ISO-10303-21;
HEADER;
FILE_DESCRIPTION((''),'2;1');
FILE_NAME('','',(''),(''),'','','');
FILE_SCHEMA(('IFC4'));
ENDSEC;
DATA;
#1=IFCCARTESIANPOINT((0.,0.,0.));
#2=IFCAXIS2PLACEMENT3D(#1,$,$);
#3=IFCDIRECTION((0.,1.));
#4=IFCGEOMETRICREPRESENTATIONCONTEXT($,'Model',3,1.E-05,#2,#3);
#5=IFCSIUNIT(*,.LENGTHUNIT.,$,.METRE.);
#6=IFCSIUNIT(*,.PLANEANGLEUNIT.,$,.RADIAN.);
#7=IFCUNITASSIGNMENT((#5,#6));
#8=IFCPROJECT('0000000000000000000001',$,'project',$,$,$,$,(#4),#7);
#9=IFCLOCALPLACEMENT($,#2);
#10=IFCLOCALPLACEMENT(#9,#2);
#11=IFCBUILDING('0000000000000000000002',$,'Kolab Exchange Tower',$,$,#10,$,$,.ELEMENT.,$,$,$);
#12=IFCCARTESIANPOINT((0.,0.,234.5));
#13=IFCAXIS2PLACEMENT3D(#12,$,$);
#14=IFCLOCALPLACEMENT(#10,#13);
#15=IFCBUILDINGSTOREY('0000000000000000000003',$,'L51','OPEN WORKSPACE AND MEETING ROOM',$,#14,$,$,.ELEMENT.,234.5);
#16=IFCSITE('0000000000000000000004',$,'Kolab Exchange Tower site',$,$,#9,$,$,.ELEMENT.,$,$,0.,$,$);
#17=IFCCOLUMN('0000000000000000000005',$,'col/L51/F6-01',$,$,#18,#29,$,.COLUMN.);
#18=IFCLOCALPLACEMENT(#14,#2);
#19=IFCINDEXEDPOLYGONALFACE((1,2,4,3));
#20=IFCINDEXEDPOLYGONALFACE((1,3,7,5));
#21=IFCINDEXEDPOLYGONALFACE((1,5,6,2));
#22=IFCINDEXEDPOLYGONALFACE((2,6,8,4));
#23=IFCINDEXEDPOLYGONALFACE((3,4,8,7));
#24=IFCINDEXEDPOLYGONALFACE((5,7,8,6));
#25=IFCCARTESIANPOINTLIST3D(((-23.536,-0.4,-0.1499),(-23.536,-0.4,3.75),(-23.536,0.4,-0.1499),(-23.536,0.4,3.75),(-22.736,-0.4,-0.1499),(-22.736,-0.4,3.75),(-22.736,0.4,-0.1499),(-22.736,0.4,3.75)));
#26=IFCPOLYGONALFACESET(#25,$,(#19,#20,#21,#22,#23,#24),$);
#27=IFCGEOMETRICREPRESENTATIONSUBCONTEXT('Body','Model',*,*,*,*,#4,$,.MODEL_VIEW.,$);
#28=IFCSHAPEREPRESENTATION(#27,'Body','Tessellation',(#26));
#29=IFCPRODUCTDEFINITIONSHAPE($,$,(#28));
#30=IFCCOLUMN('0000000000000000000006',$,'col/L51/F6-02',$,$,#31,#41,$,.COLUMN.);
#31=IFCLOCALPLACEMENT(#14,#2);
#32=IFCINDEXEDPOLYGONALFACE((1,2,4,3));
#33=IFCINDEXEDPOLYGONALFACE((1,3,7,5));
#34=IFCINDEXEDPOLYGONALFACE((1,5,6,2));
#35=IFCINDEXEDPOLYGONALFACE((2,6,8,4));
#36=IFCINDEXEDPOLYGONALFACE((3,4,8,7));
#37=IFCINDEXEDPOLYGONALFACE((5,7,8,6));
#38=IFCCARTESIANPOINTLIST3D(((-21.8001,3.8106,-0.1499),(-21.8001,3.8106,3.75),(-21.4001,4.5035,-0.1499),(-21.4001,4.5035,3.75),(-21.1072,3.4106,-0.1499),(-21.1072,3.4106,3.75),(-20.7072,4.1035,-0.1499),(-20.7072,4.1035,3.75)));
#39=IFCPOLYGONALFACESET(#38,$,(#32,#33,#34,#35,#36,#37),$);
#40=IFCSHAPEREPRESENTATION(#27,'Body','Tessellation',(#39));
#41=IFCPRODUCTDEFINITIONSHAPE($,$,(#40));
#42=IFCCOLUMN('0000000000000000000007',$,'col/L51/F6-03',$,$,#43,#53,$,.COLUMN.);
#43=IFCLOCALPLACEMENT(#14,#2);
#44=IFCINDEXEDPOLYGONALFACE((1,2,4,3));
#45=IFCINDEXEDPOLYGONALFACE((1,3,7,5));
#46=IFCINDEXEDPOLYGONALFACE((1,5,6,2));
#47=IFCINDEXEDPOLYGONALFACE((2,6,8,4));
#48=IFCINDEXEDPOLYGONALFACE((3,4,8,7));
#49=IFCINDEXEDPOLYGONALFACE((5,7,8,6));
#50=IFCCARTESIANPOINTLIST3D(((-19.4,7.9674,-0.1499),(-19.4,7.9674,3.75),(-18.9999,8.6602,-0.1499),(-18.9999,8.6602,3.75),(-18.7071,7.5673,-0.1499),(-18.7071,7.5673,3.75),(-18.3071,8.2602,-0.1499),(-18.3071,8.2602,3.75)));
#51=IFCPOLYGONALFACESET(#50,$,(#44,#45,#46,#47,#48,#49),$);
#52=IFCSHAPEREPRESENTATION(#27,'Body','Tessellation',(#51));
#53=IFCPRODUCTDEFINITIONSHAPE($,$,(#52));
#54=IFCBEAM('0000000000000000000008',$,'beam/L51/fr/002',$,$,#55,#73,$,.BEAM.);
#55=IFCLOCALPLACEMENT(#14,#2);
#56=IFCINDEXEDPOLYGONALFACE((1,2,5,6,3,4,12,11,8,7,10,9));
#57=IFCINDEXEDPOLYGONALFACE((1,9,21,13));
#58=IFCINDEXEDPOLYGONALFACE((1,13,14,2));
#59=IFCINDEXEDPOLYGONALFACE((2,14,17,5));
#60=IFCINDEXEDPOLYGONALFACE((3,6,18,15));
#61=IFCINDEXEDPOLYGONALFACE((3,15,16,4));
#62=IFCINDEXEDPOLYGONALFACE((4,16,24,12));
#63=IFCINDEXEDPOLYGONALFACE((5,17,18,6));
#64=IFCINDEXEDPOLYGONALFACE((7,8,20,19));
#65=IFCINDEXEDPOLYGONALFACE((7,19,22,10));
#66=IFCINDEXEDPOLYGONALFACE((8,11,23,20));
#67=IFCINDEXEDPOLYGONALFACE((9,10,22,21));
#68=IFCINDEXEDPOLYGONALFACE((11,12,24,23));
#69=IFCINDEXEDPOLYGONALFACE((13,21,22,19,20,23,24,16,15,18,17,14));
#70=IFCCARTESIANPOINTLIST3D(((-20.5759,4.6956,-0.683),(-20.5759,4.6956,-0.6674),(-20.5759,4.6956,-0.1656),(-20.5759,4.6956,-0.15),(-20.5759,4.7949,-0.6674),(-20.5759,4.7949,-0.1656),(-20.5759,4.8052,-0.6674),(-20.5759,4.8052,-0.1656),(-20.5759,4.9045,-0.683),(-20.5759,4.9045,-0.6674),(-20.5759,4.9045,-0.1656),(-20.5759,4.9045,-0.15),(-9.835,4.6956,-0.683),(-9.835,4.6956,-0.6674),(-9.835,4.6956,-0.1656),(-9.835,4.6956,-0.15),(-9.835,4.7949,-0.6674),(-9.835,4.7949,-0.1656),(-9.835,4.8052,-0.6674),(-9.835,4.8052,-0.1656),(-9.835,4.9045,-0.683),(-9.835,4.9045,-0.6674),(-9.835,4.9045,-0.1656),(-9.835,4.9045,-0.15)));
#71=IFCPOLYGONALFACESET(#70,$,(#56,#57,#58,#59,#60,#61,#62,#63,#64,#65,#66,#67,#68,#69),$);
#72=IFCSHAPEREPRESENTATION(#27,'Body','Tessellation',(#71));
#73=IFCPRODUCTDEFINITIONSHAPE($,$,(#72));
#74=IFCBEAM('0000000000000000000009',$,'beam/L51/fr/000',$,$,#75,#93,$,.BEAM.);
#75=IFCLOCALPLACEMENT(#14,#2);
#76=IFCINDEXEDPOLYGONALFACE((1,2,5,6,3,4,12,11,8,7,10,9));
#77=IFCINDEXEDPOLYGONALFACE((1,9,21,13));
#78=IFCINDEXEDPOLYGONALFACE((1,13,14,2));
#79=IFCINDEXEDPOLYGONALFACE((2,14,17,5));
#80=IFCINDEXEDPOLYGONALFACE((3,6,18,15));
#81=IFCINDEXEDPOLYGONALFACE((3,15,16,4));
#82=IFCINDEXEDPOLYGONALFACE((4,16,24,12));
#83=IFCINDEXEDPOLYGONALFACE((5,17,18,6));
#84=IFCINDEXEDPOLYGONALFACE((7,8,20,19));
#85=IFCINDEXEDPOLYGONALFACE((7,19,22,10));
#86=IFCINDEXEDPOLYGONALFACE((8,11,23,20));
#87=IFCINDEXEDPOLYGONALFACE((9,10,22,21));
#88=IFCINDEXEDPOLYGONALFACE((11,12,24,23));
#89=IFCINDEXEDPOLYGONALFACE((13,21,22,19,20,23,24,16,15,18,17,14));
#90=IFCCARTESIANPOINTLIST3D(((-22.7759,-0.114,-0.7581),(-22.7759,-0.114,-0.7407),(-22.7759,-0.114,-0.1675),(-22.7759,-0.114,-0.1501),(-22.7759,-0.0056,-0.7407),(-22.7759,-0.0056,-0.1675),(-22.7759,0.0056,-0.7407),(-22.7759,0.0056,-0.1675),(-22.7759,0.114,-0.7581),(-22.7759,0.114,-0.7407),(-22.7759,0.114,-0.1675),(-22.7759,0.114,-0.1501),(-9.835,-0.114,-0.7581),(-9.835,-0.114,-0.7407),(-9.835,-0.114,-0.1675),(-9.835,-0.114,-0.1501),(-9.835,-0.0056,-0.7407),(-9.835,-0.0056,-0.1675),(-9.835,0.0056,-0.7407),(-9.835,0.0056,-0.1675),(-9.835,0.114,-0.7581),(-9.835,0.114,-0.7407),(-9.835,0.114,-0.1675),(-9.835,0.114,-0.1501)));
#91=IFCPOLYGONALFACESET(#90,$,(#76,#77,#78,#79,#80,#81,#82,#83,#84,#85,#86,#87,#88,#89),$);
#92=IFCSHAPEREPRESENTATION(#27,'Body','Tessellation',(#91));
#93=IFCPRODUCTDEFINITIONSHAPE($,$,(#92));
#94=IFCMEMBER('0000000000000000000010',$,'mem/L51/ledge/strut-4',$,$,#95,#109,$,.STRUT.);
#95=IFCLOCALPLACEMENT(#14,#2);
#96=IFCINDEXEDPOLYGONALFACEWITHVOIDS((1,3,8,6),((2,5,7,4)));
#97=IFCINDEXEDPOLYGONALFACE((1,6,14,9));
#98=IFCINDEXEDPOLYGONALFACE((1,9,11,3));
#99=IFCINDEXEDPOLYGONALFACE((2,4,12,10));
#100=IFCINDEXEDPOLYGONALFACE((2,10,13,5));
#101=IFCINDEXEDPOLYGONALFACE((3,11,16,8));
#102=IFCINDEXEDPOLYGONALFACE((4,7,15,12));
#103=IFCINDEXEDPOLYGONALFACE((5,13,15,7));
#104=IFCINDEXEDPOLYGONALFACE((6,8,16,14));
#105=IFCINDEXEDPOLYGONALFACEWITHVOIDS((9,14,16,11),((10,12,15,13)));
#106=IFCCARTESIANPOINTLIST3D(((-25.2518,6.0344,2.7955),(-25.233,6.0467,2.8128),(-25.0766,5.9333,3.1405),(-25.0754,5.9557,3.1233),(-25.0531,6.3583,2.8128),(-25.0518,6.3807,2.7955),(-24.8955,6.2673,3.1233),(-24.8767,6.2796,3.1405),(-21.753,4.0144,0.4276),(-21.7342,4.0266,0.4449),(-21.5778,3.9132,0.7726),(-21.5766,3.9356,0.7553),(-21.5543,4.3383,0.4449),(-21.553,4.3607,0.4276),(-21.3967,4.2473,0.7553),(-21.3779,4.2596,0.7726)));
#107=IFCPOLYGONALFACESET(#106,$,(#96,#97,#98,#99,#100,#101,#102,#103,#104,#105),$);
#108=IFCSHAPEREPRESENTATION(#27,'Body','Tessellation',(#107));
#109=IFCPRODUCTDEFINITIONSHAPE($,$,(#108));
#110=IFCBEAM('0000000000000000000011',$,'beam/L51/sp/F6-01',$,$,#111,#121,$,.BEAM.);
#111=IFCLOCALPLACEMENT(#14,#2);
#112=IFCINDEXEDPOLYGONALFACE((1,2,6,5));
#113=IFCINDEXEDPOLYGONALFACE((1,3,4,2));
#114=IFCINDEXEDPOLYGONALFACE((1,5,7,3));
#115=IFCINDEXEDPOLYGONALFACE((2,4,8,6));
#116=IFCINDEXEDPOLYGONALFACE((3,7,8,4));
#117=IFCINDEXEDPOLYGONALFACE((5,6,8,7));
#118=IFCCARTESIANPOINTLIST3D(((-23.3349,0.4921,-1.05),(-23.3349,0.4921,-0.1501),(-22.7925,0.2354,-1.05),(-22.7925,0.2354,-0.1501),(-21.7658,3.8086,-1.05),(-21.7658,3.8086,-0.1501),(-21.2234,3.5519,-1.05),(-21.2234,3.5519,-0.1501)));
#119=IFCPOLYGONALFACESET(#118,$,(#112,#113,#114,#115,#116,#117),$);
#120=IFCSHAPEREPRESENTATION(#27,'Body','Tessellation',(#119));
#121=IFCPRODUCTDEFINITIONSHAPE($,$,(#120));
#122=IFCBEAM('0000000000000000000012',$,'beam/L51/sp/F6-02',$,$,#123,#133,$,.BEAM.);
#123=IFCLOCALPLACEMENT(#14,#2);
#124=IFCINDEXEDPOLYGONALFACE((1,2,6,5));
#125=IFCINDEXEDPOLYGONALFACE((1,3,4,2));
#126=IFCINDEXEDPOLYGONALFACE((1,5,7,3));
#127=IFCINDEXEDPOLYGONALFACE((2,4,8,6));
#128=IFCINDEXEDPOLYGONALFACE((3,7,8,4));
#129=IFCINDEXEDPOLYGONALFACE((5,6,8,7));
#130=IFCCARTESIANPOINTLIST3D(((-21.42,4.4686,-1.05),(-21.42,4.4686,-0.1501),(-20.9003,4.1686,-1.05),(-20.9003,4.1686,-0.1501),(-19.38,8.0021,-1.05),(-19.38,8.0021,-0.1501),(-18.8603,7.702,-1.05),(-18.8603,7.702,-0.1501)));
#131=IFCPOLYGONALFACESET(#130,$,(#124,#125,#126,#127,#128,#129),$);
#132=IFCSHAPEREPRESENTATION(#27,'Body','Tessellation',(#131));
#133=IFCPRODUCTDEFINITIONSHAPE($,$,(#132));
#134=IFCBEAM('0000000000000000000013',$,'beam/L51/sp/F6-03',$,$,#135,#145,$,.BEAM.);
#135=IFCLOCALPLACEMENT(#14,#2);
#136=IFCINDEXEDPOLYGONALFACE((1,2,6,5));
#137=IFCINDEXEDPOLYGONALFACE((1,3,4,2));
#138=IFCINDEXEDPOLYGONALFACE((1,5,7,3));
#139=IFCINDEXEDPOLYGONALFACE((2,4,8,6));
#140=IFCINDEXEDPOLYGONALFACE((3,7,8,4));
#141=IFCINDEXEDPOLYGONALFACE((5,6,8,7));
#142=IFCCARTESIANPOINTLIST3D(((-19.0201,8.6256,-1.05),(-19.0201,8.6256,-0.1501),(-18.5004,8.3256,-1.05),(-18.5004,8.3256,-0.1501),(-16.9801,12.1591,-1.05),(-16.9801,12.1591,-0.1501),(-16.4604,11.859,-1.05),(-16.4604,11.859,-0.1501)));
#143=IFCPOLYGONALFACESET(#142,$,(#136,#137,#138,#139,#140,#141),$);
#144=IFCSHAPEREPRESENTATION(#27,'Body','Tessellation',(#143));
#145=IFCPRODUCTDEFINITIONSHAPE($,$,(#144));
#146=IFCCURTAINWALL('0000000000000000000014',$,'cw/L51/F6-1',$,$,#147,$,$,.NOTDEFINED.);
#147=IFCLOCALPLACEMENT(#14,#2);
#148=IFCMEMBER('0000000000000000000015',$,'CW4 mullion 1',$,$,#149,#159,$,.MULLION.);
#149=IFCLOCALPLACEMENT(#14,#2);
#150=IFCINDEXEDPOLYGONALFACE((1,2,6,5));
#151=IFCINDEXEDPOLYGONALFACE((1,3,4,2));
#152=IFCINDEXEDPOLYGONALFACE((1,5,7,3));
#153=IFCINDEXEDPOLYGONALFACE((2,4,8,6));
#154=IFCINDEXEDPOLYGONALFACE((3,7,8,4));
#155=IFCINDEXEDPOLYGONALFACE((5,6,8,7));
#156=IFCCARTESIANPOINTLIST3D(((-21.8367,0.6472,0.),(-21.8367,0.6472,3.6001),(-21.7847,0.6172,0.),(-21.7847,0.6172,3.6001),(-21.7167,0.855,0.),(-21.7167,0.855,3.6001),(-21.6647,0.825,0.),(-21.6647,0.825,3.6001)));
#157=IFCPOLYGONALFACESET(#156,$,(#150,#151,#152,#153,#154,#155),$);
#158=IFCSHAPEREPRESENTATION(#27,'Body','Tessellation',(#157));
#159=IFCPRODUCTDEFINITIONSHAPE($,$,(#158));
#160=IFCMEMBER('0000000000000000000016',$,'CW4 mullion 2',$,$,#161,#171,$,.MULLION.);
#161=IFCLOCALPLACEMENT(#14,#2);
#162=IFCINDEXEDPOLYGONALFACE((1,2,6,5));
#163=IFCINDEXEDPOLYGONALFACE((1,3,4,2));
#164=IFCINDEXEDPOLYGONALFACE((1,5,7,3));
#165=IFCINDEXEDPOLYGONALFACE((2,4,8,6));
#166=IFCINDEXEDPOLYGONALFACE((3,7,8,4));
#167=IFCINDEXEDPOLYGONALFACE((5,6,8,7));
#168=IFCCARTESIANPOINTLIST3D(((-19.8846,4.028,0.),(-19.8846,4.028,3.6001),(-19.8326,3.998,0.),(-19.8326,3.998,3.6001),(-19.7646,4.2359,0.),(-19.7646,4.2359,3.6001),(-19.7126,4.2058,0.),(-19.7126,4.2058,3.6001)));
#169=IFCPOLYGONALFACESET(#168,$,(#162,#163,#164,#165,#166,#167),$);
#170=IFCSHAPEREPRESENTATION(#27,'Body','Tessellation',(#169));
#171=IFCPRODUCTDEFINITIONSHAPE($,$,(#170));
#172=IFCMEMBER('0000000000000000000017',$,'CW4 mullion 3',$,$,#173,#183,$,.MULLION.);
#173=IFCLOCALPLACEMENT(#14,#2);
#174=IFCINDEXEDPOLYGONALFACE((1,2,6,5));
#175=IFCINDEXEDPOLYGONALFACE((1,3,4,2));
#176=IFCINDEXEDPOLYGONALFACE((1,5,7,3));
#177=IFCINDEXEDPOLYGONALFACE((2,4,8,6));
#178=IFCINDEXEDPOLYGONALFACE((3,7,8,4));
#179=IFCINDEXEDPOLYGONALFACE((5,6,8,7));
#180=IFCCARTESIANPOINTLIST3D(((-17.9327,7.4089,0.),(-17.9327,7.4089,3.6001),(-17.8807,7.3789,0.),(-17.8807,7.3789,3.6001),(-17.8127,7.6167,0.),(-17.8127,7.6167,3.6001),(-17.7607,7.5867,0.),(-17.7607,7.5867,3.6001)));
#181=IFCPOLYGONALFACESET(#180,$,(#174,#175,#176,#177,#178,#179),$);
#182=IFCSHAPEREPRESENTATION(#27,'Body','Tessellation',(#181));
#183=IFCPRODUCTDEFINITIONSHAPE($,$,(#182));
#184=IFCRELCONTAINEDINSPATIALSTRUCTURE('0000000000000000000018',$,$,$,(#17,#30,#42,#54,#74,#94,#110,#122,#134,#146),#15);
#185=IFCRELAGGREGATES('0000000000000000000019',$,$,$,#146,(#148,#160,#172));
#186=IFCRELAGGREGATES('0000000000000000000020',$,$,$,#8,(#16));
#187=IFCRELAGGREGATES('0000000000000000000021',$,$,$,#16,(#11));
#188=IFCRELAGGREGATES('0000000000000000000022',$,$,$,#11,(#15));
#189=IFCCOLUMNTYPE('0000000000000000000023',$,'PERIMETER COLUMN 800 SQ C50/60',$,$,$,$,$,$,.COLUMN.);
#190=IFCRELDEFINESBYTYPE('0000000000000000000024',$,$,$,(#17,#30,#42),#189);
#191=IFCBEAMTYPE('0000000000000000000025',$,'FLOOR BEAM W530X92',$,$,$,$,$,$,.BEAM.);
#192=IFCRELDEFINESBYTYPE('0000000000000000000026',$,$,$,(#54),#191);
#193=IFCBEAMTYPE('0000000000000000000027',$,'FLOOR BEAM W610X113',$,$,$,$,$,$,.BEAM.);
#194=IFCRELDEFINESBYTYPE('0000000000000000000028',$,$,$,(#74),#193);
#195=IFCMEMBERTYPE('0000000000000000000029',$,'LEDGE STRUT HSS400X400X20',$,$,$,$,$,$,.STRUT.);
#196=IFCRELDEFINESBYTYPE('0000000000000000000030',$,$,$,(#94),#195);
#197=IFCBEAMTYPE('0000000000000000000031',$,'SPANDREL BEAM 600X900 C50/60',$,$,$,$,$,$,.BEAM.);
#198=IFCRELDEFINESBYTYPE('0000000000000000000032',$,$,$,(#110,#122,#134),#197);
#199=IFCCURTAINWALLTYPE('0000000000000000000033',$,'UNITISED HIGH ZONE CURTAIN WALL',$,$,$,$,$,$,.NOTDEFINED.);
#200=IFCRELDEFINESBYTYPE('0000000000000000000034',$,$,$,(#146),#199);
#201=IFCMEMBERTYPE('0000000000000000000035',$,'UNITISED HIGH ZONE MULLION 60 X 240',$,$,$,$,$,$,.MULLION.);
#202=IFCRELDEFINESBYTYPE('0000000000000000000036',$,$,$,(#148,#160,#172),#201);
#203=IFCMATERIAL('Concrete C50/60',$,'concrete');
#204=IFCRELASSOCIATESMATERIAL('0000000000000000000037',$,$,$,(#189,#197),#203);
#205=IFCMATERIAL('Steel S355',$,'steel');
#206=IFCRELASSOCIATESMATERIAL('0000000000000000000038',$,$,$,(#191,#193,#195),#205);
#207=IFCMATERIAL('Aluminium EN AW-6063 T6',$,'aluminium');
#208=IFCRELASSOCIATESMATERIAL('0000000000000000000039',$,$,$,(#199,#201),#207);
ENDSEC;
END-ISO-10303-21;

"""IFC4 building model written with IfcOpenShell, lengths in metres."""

from ifc_helpers import new_model, si_unit, direction, frame, origin, origin_2d, place, context, subcontext, project, spatial, rectangle, hollow_rectangle, i_section, extrude, material, material_profile, profile_set, type_object, element, aggregate, save


model = new_model("IFC4")

# Units and contexts
model_context = context("Model", 3, precision=1e-05, world=origin(), true_north=direction((0.0, 1.0)))
body_context = subcontext(model_context, "Body", "Model", "MODEL_VIEW")
ifc_project = project(units=[si_unit("LENGTHUNIT", "METRE"), si_unit("PLANEANGLEUNIT", "RADIAN")], contexts=[model_context])

# Site, building, storey
site_placement = place(None, origin())
site = spatial("IfcSite", under=ifc_project, at=site_placement, Name="Kolab Exchange Tower site", CompositionType="ELEMENT", RefElevation=0.0)
building_placement = place(site_placement, origin())
building = spatial("IfcBuilding", under=site, at=building_placement, Name="Kolab Exchange Tower", CompositionType="ELEMENT")
storey_placement = place(building_placement, frame((0.0, 0.0, 234.5)))
storey = spatial("IfcBuildingStorey", under=building, at=storey_placement, Name="L51", Description="OPEN WORKSPACE AND MEETING ROOM", CompositionType="ELEMENT", Elevation=234.5)

# Columns
ifc_material_1 = material(Name="Concrete C50/60", Category="concrete")
ifc_material_profile_1 = material_profile(ifc_material_1, rectangle(XDim=0.8, YDim=0.8, at=origin_2d()), Name="RC800")
ifc_profile_set_1 = profile_set([ifc_material_profile_1], Name="Concrete C50/60")
column_type = type_object("IfcColumnType", Name="PERIMETER COLUMN 800 SQ C50/60", PredefinedType="COLUMN", material=ifc_profile_set_1)
for number, where, z_axis, x_axis, name in (
    (1, (-23.136, 0.0, -0.1499), (0.0, 0.0, 1.0), (1.0, 0.0, 0.0), "col/L51/F6-01"),
    (2, (-21.2537, 3.957, -0.1499), (0.0, 0.0, 1.0), (0.5, 0.866025, 0.0), "col/L51/F6-02"),
    (3, (-18.8535, 8.1138, -0.1499), (0.0, 0.0, 1.0), (0.5, 0.866025, 0.0), "col/L51/F6-03"),
):
    element("IfcColumn", number, at=place(storey_placement, frame(where, z_axis=z_axis, x_axis=x_axis)), inside=storey, type_object=column_type, Name=name, PredefinedType="COLUMN", context=body_context, shape_type="SweptSolid", body=[
        extrude(rectangle(XDim=0.8, YDim=0.8, at=origin_2d()), origin(), (0.0, 0.0, 1.0), 3.8999),
    ])

# Beams
ifc_material_2 = material(Name="Steel S355", Category="steel")
ifc_material_profile_2 = material_profile(ifc_material_2, i_section(OverallWidth=0.209, OverallDepth=0.533, WebThickness=0.0103, FlangeThickness=0.0156, at=origin_2d()), Name="W530X92")
ifc_profile_set_2 = profile_set([ifc_material_profile_2], Name="Steel S355")
beam_type_1 = type_object("IfcBeamType", Name="FLOOR BEAM W530X92", PredefinedType="BEAM", material=ifc_profile_set_2)
beam_1_placement = place(storey_placement, frame((-20.5759, 4.8, -0.4165), z_axis=(1.0, 0.0, 0.0), x_axis=(0.0, 1.0, 0.0)))
element("IfcBeam", 4, at=beam_1_placement, inside=storey, type_object=beam_type_1, Name="beam/L51/fr/002", PredefinedType="BEAM", context=body_context, shape_type="SweptSolid", body=[
    extrude(i_section(OverallWidth=0.209, OverallDepth=0.533, WebThickness=0.0103, FlangeThickness=0.0156, at=origin_2d()), origin(), (0.0, 0.0, 1.0), 10.741),
])
ifc_material_profile_3 = material_profile(ifc_material_2, i_section(OverallWidth=0.228, OverallDepth=0.6079, WebThickness=0.0112, FlangeThickness=0.0173, at=origin_2d()), Name="W610X113")
ifc_profile_set_3 = profile_set([ifc_material_profile_3], Name="Steel S355")
beam_type_2 = type_object("IfcBeamType", Name="FLOOR BEAM W610X113", PredefinedType="BEAM", material=ifc_profile_set_3)
beam_2_placement = place(storey_placement, frame((-22.7759, 0.0, -0.4541), z_axis=(1.0, 0.0, 0.0), x_axis=(0.0, 1.0, 0.0)))
element("IfcBeam", 5, at=beam_2_placement, inside=storey, type_object=beam_type_2, Name="beam/L51/fr/000", PredefinedType="BEAM", context=body_context, shape_type="SweptSolid", body=[
    extrude(i_section(OverallWidth=0.228, OverallDepth=0.6079, WebThickness=0.0112, FlangeThickness=0.0173, at=origin_2d()), origin(), (0.0, 0.0, 1.0), 12.9409),
])

# Member
ifc_material_profile_4 = material_profile(ifc_material_2, hollow_rectangle(XDim=0.3999, YDim=0.3999, WallThickness=0.02, at=origin_2d()), Name="HSS400X400X20")
ifc_profile_set_4 = profile_set([ifc_material_profile_4], Name="Steel S355")
member_type_1 = type_object("IfcMemberType", Name="LEDGE STRUT HSS400X400X20", PredefinedType="STRUT", material=ifc_profile_set_4)
member_1_placement = place(storey_placement, frame((-21.5654, 4.137, 0.6001), z_axis=(-0.747149, 0.431366, 0.505659), x_axis=(-0.5, -0.866026, 0.0)))
element("IfcMember", 6, at=member_1_placement, inside=storey, type_object=member_type_1, Name="mem/L51/ledge/strut-4", PredefinedType="STRUT", context=body_context, shape_type="SweptSolid", body=[
    extrude(hollow_rectangle(XDim=0.3999, YDim=0.3999, WallThickness=0.02, at=origin_2d()), origin(), (0.0, 0.0, 1.0), 4.6829),
])

# Beams
ifc_material_profile_5 = material_profile(ifc_material_1, rectangle(XDim=0.6001, YDim=0.8999, at=origin_2d()), Name="RC600X900")
ifc_profile_set_5 = profile_set([ifc_material_profile_5], Name="Concrete C50/60")
beam_type_3 = type_object("IfcBeamType", Name="SPANDREL BEAM 600X900 C50/60", PredefinedType="BEAM", material=ifc_profile_set_5)
beam_3_placement = place(storey_placement, frame((-23.0637, 0.3638, -0.6001), z_axis=(0.427677, 0.903932, 0.0), x_axis=(-0.903932, 0.427677, 0.0)))
element("IfcBeam", 7, at=beam_3_placement, inside=storey, type_object=beam_type_3, Name="beam/L51/sp/F6-01", PredefinedType="BEAM", context=body_context, shape_type="SweptSolid", body=[
    extrude(rectangle(XDim=0.6001, YDim=0.8999, at=origin_2d()), origin(), (0.0, 0.0, 1.0), 3.6689),
])
for number, where, z_axis, x_axis, name in (
    (8, (-21.1602, 4.3186, -0.6001), (0.5, 0.866025, 0.0), (-0.866025, 0.5, 0.0), "beam/L51/sp/F6-02"),
    (9, (-18.7603, 8.4756, -0.6001), (0.5, 0.866025, 0.0), (-0.866025, 0.5, 0.0), "beam/L51/sp/F6-03"),
):
    element("IfcBeam", number, at=place(storey_placement, frame(where, z_axis=z_axis, x_axis=x_axis)), inside=storey, type_object=beam_type_3, Name=name, PredefinedType="BEAM", context=body_context, shape_type="SweptSolid", body=[
        extrude(rectangle(XDim=0.6001, YDim=0.8999, at=origin_2d()), origin(), (0.0, 0.0, 1.0), 4.0801),
    ])

# Curtain wall, members
ifc_material_3 = material(Name="Aluminium EN AW-6063 T6", Category="aluminium")
curtain_wall_type = type_object("IfcCurtainWallType", Name="UNITISED HIGH ZONE CURTAIN WALL", PredefinedType="NOTDEFINED", material=ifc_material_3)
curtain_wall_1_placement = place(storey_placement, origin())
curtain_wall_1 = element("IfcCurtainWall", 10, at=curtain_wall_1_placement, inside=storey, type_object=curtain_wall_type, Name="cw/L51/F6-1", PredefinedType="NOTDEFINED")
ifc_material_profile_6 = material_profile(ifc_material_3, rectangle(XDim=0.0601, YDim=0.24, at=origin_2d()), Name="RECT 60X240")
ifc_profile_set_6 = profile_set([ifc_material_profile_6], Name="Aluminium EN AW-6063 T6")
member_type_2 = type_object("IfcMemberType", Name="UNITISED HIGH ZONE MULLION 60 X 240", PredefinedType="MULLION", material=ifc_profile_set_6)
member_2_placement = place(storey_placement, frame((-21.7507, 0.7361, 0.0), z_axis=(0.0, 0.0, 1.0), x_axis=(-0.866025, 0.5, 0.0)))
member_2 = element("IfcMember", 11, at=member_2_placement, type_object=member_type_2, Name="CW4 mullion 1", PredefinedType="MULLION", context=body_context, shape_type="SweptSolid", body=[
    extrude(rectangle(XDim=0.0601, YDim=0.24, at=origin_2d()), origin(), (0.0, 0.0, 1.0), 3.6001),
])
member_3_placement = place(storey_placement, frame((-19.7986, 4.1169, 0.0), z_axis=(0.0, 0.0, 1.0), x_axis=(-0.866025, 0.5, 0.0)))
member_3 = element("IfcMember", 12, at=member_3_placement, type_object=member_type_2, Name="CW4 mullion 2", PredefinedType="MULLION", context=body_context, shape_type="SweptSolid", body=[
    extrude(rectangle(XDim=0.0601, YDim=0.24, at=origin_2d()), origin(), (0.0, 0.0, 1.0), 3.6001),
])
member_4_placement = place(storey_placement, frame((-17.8467, 7.4978, 0.0), z_axis=(0.0, 0.0, 1.0), x_axis=(-0.866025, 0.5, 0.0)))
member_4 = element("IfcMember", 13, at=member_4_placement, type_object=member_type_2, Name="CW4 mullion 3", PredefinedType="MULLION", context=body_context, shape_type="SweptSolid", body=[
    extrude(rectangle(XDim=0.0601, YDim=0.24, at=origin_2d()), origin(), (0.0, 0.0, 1.0), 3.6001),
])

aggregate(curtain_wall_1, [member_2, member_3, member_4])

save(model, "model.ifc")
